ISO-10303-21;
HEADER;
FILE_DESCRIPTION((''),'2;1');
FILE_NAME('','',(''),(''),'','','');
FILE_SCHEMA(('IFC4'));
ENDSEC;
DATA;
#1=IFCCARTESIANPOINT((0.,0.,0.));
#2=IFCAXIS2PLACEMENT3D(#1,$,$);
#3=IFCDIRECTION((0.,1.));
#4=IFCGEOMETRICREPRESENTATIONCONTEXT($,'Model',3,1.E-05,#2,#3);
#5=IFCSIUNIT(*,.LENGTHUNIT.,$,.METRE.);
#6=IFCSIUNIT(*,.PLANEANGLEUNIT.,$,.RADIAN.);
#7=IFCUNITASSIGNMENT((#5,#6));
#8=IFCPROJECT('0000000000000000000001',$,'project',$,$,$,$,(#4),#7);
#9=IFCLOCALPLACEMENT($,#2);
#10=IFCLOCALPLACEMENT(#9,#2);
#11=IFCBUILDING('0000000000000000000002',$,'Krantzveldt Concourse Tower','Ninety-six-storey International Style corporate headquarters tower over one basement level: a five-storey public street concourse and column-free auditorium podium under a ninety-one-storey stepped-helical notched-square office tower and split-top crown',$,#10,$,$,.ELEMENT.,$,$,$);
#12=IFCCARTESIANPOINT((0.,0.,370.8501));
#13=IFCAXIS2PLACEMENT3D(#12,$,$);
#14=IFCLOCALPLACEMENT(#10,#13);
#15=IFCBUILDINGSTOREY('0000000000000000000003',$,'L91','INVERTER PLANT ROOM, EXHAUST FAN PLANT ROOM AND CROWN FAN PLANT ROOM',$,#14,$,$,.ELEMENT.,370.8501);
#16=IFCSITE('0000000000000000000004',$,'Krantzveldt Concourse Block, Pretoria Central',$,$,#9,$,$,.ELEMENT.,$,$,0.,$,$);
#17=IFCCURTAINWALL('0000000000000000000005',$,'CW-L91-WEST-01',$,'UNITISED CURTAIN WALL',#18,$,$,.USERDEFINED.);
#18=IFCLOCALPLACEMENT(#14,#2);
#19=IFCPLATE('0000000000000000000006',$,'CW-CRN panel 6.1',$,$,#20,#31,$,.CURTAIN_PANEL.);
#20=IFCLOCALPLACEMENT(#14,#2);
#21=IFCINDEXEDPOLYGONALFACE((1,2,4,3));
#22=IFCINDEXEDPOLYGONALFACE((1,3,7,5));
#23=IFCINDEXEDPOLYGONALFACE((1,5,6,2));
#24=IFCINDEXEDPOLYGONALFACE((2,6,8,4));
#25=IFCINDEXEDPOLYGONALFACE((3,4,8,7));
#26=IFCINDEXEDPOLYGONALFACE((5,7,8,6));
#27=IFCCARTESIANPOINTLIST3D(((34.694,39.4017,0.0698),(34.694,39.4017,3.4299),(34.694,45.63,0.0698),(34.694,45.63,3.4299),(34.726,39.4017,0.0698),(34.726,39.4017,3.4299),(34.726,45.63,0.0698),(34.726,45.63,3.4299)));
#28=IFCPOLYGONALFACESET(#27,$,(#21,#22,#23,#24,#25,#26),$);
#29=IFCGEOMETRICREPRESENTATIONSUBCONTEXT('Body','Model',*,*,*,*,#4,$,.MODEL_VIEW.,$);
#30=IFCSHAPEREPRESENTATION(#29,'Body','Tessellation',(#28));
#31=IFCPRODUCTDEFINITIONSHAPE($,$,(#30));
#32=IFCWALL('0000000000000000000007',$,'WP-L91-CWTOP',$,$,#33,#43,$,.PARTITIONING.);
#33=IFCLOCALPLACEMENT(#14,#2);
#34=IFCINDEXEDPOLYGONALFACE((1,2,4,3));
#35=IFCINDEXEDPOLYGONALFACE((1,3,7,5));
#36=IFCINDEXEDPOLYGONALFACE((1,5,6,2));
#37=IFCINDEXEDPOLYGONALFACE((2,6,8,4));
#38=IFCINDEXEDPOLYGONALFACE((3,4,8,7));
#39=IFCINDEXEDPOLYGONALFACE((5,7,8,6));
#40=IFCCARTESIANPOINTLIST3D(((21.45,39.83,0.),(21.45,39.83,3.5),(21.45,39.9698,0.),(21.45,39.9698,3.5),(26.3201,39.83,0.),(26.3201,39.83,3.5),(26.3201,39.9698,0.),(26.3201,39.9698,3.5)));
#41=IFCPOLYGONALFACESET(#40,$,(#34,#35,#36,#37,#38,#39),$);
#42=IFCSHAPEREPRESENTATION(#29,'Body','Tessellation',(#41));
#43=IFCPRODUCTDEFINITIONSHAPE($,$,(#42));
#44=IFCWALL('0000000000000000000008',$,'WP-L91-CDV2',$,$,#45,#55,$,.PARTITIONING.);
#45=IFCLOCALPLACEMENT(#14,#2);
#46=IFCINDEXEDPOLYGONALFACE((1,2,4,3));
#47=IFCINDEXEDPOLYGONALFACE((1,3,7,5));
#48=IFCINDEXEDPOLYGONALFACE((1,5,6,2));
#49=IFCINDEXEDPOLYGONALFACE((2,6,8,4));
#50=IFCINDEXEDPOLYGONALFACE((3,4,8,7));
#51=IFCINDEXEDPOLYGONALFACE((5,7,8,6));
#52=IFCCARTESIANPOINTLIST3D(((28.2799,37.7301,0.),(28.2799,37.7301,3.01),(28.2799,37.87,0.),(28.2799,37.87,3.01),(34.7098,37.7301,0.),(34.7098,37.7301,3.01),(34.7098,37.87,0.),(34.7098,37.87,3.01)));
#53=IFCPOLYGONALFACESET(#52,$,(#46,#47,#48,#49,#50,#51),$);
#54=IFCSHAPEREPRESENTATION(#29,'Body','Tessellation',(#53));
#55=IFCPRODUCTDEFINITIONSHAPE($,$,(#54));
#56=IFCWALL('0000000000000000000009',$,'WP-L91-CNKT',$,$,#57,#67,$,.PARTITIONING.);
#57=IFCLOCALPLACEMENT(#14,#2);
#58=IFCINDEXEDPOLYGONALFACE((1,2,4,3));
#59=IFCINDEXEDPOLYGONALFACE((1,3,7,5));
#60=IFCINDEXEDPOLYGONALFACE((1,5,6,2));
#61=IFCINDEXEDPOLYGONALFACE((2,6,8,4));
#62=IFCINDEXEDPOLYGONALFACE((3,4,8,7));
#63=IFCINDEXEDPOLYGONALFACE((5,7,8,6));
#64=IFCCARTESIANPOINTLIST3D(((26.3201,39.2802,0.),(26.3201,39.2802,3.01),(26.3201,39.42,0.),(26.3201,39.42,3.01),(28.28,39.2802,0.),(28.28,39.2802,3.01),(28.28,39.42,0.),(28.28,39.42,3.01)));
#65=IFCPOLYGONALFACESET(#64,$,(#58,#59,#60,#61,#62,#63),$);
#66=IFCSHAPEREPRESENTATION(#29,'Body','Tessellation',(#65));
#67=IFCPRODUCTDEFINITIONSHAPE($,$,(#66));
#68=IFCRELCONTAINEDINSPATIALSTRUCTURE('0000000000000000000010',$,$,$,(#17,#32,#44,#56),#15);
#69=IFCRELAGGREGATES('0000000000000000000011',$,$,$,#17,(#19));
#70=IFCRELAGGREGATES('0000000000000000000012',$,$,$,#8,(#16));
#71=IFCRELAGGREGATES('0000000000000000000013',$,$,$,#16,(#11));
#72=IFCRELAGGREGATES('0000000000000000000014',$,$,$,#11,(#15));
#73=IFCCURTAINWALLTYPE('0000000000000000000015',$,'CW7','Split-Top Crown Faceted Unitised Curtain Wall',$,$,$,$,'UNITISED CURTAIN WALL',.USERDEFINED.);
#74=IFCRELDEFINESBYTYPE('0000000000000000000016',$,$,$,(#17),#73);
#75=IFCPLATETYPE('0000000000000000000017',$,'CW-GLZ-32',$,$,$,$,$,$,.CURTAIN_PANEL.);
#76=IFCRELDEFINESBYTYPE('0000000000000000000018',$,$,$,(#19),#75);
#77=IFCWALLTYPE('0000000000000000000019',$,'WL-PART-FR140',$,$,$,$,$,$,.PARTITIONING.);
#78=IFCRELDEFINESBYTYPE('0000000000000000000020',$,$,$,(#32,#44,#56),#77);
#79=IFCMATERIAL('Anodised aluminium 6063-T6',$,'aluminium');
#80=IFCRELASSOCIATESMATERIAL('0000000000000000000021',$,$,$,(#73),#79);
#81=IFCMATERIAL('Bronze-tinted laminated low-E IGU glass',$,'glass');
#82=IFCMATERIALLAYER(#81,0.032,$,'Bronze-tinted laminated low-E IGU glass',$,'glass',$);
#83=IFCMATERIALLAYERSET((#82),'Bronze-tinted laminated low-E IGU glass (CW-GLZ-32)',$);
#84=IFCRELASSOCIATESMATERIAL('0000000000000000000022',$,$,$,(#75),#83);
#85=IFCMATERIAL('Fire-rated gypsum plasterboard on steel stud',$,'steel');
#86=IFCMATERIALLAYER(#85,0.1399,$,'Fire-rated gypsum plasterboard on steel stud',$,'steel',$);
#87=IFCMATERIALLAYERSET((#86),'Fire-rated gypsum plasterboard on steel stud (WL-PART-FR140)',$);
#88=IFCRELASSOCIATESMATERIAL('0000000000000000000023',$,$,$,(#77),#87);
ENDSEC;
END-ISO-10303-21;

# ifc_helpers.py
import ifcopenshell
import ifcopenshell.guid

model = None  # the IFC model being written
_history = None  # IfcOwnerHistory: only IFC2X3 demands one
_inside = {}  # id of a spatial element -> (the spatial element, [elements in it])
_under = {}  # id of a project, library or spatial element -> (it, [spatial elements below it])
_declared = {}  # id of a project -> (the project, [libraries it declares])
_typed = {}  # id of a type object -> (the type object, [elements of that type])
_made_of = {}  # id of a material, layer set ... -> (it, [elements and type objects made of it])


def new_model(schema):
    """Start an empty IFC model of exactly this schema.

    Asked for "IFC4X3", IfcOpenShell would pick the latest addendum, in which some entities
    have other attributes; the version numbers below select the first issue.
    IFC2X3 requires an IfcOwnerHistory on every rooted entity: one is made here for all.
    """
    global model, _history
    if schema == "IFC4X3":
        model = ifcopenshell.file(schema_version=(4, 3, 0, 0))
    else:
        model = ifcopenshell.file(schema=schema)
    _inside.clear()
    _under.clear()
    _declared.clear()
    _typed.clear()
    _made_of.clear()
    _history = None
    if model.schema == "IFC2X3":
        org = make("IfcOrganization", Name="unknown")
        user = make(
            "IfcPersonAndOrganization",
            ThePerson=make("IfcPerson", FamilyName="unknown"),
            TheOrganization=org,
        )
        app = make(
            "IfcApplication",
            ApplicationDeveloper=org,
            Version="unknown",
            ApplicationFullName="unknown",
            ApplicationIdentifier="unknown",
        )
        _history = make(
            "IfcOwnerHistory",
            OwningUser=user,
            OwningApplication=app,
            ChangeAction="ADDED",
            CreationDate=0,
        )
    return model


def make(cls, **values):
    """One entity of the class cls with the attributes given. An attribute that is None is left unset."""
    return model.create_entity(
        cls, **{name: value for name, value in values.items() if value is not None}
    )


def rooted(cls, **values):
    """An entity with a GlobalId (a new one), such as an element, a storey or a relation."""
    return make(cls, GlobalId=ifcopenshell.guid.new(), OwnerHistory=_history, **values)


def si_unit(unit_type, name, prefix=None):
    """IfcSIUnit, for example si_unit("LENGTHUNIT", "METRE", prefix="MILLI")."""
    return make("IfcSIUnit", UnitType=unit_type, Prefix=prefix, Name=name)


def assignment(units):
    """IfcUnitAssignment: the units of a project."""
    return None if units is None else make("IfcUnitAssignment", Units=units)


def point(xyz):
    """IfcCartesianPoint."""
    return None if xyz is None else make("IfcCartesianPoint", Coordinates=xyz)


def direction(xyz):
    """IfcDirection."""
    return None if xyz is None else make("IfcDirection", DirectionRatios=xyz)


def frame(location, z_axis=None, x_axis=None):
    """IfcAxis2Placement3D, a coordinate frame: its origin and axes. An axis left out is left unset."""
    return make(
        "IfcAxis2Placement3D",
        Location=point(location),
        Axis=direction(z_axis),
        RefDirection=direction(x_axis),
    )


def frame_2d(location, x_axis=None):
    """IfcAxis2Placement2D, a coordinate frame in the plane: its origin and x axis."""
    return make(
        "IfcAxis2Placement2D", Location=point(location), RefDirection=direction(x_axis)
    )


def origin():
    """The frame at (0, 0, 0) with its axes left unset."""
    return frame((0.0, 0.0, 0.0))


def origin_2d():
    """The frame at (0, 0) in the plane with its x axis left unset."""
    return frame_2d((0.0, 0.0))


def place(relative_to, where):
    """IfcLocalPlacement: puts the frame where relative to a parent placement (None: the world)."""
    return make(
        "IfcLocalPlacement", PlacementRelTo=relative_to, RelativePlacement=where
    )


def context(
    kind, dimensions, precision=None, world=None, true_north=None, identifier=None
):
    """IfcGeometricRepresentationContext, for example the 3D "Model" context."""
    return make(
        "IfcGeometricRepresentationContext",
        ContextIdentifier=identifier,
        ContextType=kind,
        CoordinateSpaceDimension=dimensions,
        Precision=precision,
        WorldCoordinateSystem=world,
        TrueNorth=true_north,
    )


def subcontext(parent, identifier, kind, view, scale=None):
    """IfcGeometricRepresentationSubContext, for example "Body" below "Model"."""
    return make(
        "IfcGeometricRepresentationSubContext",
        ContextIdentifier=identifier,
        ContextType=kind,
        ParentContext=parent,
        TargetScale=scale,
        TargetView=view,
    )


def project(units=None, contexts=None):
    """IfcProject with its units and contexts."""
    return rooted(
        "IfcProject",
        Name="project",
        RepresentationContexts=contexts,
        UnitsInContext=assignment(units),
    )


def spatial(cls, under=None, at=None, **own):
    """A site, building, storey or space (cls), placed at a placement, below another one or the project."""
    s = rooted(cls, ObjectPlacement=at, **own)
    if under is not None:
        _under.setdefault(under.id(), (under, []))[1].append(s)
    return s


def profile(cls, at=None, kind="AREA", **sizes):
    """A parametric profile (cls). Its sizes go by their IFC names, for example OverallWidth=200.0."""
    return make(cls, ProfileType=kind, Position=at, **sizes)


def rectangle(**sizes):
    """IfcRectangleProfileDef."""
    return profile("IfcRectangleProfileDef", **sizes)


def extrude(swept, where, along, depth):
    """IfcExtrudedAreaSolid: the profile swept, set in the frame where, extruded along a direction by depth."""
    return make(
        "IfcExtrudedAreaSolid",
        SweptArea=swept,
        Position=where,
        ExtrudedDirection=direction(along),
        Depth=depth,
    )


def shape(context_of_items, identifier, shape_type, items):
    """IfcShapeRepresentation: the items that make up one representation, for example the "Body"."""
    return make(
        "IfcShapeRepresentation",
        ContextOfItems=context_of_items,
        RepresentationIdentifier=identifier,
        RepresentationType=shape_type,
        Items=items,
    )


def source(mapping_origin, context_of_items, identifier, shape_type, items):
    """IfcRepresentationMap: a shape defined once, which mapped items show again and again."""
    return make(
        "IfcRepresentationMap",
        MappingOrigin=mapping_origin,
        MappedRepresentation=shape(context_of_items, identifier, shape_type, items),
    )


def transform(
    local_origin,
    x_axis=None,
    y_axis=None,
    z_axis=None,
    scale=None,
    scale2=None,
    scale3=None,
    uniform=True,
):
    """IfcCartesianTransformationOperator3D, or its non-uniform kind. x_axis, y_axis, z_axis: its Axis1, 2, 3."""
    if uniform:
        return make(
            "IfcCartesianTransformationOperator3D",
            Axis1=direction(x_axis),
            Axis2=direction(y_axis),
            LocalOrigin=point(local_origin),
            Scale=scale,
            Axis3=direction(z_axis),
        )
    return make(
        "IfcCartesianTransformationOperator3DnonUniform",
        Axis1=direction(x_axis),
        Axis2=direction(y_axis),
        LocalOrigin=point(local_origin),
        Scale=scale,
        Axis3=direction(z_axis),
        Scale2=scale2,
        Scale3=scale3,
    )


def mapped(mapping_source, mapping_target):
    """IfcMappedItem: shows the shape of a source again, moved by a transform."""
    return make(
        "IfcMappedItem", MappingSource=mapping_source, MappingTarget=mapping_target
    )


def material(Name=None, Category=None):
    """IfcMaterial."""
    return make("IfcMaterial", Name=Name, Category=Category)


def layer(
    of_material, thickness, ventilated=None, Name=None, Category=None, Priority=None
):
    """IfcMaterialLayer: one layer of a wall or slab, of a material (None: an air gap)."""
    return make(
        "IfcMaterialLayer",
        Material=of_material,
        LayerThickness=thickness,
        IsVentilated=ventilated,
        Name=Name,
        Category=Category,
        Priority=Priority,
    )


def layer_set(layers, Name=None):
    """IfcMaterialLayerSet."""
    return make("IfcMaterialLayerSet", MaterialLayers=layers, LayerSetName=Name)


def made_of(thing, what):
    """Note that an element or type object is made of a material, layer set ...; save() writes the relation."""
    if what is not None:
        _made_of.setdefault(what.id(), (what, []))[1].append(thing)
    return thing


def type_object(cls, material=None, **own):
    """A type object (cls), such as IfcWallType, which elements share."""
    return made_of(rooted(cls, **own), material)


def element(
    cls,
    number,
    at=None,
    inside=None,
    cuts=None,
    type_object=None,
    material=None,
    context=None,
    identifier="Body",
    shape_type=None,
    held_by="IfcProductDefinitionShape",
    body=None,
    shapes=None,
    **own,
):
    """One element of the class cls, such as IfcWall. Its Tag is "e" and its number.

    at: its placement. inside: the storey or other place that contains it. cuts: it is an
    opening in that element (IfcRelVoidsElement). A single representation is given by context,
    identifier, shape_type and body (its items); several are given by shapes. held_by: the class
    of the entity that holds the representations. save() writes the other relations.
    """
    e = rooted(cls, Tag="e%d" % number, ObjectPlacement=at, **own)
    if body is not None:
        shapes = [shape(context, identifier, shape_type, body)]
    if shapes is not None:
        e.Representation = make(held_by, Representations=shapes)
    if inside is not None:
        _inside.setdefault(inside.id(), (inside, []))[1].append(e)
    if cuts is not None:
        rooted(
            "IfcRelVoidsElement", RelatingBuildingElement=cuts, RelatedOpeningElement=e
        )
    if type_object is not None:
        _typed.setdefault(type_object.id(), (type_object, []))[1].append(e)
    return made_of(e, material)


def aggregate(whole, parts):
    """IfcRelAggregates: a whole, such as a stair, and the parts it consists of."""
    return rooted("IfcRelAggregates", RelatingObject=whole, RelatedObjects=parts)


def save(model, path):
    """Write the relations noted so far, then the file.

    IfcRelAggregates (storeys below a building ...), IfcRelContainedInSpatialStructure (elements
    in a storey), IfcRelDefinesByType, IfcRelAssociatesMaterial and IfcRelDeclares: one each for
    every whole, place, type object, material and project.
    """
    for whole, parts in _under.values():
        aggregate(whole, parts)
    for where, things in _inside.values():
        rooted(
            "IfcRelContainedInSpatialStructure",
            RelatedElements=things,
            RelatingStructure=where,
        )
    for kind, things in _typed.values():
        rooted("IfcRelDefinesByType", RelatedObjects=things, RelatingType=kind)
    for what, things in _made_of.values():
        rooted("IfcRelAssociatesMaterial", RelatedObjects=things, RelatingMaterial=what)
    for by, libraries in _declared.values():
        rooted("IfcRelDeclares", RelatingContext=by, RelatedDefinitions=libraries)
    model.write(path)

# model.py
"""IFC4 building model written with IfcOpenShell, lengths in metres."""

from ifc_helpers import new_model, si_unit, direction, frame, frame_2d, origin, origin_2d, place, context, subcontext, project, spatial, rectangle, extrude, source, transform, mapped, material, layer, layer_set, type_object, element, aggregate, save


model = new_model("IFC4")

# Units and contexts
model_context = context("Model", 3, precision=1e-05, world=origin(), true_north=direction((0.0, 1.0)))
body_context = subcontext(model_context, "Body", "Model", "MODEL_VIEW")
ifc_project = project(units=[si_unit("LENGTHUNIT", "METRE"), si_unit("PLANEANGLEUNIT", "RADIAN")], contexts=[model_context])

# Site, building, storey
site_placement = place(None, origin())
site = spatial("IfcSite", under=ifc_project, at=site_placement, Name="Krantzveldt Concourse Block, Pretoria Central", CompositionType="ELEMENT", RefElevation=0.0)
building_placement = place(site_placement, origin())
building = spatial("IfcBuilding", under=site, at=building_placement, Name="Krantzveldt Concourse Tower", Description="Ninety-six-storey International Style corporate headquarters tower over one basement level: a five-storey public street concourse and column-free auditorium podium under a ninety-one-storey stepped-helical notched-square office tower and split-top crown", CompositionType="ELEMENT")
storey_placement = place(building_placement, frame((0.0, 0.0, 370.8501)))
storey = spatial("IfcBuildingStorey", under=building, at=storey_placement, Name="L91", Description="INVERTER PLANT ROOM, EXHAUST FAN PLANT ROOM AND CROWN FAN PLANT ROOM", CompositionType="ELEMENT", Elevation=370.8501)

# Curtain wall
ifc_material_1 = material(Name="Anodised aluminium 6063-T6", Category="aluminium")
curtain_wall_type = type_object("IfcCurtainWallType", Name="CW7", Description="Split-Top Crown Faceted Unitised Curtain Wall", ElementType="UNITISED CURTAIN WALL", PredefinedType="USERDEFINED", material=ifc_material_1)
curtain_wall_1_placement = place(storey_placement, origin())
curtain_wall_1 = element("IfcCurtainWall", 1, at=curtain_wall_1_placement, inside=storey, type_object=curtain_wall_type, Name="CW-L91-WEST-01", ObjectType="UNITISED CURTAIN WALL", PredefinedType="USERDEFINED")

# Plate
ifc_material_2 = material(Name="Bronze-tinted laminated low-E IGU glass", Category="glass")
ifc_layer_1 = layer(ifc_material_2, 0.032, Name="Bronze-tinted laminated low-E IGU glass", Category="glass")
ifc_layer_set_1 = layer_set([ifc_layer_1], Name="Bronze-tinted laminated low-E IGU glass (CW-GLZ-32)")
plate_type = type_object("IfcPlateType", Name="CW-GLZ-32", PredefinedType="CURTAIN_PANEL", material=ifc_layer_set_1)
shared_shape_1 = source(origin(), body_context, "Body", "SweptSolid", [
    extrude(rectangle(XDim=6.2283, YDim=0.032, at=origin_2d()), origin(), (0.0, 0.0, 1.0), 3.3601),
])
plate_1_placement = place(storey_placement, frame((34.71, 42.5159, 0.0698), z_axis=(0.0, 0.0, 1.0), x_axis=(0.0, 1.0, 0.0)))
plate_1 = element("IfcPlate", 2, at=plate_1_placement, type_object=plate_type, Name="CW-CRN panel 6.1", PredefinedType="CURTAIN_PANEL", context=body_context, shape_type="MappedRepresentation", body=[
    mapped(shared_shape_1, transform((0.0, 0.0, 0.0), x_axis=(1.0, 0.0, 0.0), y_axis=(0.0, 1.0, 0.0), z_axis=(0.0, 0.0, 1.0), scale=1.0)),
])
aggregate(curtain_wall_1, [plate_1])

# Walls
ifc_material_3 = material(Name="Fire-rated gypsum plasterboard on steel stud", Category="steel")
ifc_layer_2 = layer(ifc_material_3, 0.1399, Name="Fire-rated gypsum plasterboard on steel stud", Category="steel")
ifc_layer_set_2 = layer_set([ifc_layer_2], Name="Fire-rated gypsum plasterboard on steel stud (WL-PART-FR140)")
wall_type = type_object("IfcWallType", Name="WL-PART-FR140", PredefinedType="PARTITIONING", material=ifc_layer_set_2)
wall_1_placement = place(storey_placement, frame((21.45, 39.8999, 0.0), z_axis=(0.0, 0.0, 1.0), x_axis=(1.0, 0.0, 0.0)))
element("IfcWall", 3, at=wall_1_placement, inside=storey, type_object=wall_type, Name="WP-L91-CWTOP", PredefinedType="PARTITIONING", context=body_context, shape_type="SweptSolid", body=[
    extrude(rectangle(XDim=4.8701, YDim=0.1399, at=frame_2d((2.4351, 0.0))), origin(), (0.0, 0.0, 1.0), 3.5),
])
wall_2_placement = place(storey_placement, frame((28.28, 37.8, 0.0), z_axis=(0.0, 0.0, 1.0), x_axis=(1.0, 0.0, 0.0)))
element("IfcWall", 4, at=wall_2_placement, inside=storey, type_object=wall_type, Name="WP-L91-CDV2", PredefinedType="PARTITIONING", context=body_context, shape_type="SweptSolid", body=[
    extrude(rectangle(XDim=6.4299, YDim=0.1399, at=frame_2d((3.2148, 0.0))), origin(), (0.0, 0.0, 1.0), 3.01),
])
wall_3_placement = place(storey_placement, frame((26.3201, 39.3501, 0.0), z_axis=(0.0, 0.0, 1.0), x_axis=(1.0, 0.0, 0.0)))
element("IfcWall", 5, at=wall_3_placement, inside=storey, type_object=wall_type, Name="WP-L91-CNKT", PredefinedType="PARTITIONING", context=body_context, shape_type="SweptSolid", body=[
    extrude(rectangle(XDim=1.96, YDim=0.1399, at=frame_2d((0.98, 0.0))), origin(), (0.0, 0.0, 1.0), 3.01),
])

save(model, "model.ifc")
